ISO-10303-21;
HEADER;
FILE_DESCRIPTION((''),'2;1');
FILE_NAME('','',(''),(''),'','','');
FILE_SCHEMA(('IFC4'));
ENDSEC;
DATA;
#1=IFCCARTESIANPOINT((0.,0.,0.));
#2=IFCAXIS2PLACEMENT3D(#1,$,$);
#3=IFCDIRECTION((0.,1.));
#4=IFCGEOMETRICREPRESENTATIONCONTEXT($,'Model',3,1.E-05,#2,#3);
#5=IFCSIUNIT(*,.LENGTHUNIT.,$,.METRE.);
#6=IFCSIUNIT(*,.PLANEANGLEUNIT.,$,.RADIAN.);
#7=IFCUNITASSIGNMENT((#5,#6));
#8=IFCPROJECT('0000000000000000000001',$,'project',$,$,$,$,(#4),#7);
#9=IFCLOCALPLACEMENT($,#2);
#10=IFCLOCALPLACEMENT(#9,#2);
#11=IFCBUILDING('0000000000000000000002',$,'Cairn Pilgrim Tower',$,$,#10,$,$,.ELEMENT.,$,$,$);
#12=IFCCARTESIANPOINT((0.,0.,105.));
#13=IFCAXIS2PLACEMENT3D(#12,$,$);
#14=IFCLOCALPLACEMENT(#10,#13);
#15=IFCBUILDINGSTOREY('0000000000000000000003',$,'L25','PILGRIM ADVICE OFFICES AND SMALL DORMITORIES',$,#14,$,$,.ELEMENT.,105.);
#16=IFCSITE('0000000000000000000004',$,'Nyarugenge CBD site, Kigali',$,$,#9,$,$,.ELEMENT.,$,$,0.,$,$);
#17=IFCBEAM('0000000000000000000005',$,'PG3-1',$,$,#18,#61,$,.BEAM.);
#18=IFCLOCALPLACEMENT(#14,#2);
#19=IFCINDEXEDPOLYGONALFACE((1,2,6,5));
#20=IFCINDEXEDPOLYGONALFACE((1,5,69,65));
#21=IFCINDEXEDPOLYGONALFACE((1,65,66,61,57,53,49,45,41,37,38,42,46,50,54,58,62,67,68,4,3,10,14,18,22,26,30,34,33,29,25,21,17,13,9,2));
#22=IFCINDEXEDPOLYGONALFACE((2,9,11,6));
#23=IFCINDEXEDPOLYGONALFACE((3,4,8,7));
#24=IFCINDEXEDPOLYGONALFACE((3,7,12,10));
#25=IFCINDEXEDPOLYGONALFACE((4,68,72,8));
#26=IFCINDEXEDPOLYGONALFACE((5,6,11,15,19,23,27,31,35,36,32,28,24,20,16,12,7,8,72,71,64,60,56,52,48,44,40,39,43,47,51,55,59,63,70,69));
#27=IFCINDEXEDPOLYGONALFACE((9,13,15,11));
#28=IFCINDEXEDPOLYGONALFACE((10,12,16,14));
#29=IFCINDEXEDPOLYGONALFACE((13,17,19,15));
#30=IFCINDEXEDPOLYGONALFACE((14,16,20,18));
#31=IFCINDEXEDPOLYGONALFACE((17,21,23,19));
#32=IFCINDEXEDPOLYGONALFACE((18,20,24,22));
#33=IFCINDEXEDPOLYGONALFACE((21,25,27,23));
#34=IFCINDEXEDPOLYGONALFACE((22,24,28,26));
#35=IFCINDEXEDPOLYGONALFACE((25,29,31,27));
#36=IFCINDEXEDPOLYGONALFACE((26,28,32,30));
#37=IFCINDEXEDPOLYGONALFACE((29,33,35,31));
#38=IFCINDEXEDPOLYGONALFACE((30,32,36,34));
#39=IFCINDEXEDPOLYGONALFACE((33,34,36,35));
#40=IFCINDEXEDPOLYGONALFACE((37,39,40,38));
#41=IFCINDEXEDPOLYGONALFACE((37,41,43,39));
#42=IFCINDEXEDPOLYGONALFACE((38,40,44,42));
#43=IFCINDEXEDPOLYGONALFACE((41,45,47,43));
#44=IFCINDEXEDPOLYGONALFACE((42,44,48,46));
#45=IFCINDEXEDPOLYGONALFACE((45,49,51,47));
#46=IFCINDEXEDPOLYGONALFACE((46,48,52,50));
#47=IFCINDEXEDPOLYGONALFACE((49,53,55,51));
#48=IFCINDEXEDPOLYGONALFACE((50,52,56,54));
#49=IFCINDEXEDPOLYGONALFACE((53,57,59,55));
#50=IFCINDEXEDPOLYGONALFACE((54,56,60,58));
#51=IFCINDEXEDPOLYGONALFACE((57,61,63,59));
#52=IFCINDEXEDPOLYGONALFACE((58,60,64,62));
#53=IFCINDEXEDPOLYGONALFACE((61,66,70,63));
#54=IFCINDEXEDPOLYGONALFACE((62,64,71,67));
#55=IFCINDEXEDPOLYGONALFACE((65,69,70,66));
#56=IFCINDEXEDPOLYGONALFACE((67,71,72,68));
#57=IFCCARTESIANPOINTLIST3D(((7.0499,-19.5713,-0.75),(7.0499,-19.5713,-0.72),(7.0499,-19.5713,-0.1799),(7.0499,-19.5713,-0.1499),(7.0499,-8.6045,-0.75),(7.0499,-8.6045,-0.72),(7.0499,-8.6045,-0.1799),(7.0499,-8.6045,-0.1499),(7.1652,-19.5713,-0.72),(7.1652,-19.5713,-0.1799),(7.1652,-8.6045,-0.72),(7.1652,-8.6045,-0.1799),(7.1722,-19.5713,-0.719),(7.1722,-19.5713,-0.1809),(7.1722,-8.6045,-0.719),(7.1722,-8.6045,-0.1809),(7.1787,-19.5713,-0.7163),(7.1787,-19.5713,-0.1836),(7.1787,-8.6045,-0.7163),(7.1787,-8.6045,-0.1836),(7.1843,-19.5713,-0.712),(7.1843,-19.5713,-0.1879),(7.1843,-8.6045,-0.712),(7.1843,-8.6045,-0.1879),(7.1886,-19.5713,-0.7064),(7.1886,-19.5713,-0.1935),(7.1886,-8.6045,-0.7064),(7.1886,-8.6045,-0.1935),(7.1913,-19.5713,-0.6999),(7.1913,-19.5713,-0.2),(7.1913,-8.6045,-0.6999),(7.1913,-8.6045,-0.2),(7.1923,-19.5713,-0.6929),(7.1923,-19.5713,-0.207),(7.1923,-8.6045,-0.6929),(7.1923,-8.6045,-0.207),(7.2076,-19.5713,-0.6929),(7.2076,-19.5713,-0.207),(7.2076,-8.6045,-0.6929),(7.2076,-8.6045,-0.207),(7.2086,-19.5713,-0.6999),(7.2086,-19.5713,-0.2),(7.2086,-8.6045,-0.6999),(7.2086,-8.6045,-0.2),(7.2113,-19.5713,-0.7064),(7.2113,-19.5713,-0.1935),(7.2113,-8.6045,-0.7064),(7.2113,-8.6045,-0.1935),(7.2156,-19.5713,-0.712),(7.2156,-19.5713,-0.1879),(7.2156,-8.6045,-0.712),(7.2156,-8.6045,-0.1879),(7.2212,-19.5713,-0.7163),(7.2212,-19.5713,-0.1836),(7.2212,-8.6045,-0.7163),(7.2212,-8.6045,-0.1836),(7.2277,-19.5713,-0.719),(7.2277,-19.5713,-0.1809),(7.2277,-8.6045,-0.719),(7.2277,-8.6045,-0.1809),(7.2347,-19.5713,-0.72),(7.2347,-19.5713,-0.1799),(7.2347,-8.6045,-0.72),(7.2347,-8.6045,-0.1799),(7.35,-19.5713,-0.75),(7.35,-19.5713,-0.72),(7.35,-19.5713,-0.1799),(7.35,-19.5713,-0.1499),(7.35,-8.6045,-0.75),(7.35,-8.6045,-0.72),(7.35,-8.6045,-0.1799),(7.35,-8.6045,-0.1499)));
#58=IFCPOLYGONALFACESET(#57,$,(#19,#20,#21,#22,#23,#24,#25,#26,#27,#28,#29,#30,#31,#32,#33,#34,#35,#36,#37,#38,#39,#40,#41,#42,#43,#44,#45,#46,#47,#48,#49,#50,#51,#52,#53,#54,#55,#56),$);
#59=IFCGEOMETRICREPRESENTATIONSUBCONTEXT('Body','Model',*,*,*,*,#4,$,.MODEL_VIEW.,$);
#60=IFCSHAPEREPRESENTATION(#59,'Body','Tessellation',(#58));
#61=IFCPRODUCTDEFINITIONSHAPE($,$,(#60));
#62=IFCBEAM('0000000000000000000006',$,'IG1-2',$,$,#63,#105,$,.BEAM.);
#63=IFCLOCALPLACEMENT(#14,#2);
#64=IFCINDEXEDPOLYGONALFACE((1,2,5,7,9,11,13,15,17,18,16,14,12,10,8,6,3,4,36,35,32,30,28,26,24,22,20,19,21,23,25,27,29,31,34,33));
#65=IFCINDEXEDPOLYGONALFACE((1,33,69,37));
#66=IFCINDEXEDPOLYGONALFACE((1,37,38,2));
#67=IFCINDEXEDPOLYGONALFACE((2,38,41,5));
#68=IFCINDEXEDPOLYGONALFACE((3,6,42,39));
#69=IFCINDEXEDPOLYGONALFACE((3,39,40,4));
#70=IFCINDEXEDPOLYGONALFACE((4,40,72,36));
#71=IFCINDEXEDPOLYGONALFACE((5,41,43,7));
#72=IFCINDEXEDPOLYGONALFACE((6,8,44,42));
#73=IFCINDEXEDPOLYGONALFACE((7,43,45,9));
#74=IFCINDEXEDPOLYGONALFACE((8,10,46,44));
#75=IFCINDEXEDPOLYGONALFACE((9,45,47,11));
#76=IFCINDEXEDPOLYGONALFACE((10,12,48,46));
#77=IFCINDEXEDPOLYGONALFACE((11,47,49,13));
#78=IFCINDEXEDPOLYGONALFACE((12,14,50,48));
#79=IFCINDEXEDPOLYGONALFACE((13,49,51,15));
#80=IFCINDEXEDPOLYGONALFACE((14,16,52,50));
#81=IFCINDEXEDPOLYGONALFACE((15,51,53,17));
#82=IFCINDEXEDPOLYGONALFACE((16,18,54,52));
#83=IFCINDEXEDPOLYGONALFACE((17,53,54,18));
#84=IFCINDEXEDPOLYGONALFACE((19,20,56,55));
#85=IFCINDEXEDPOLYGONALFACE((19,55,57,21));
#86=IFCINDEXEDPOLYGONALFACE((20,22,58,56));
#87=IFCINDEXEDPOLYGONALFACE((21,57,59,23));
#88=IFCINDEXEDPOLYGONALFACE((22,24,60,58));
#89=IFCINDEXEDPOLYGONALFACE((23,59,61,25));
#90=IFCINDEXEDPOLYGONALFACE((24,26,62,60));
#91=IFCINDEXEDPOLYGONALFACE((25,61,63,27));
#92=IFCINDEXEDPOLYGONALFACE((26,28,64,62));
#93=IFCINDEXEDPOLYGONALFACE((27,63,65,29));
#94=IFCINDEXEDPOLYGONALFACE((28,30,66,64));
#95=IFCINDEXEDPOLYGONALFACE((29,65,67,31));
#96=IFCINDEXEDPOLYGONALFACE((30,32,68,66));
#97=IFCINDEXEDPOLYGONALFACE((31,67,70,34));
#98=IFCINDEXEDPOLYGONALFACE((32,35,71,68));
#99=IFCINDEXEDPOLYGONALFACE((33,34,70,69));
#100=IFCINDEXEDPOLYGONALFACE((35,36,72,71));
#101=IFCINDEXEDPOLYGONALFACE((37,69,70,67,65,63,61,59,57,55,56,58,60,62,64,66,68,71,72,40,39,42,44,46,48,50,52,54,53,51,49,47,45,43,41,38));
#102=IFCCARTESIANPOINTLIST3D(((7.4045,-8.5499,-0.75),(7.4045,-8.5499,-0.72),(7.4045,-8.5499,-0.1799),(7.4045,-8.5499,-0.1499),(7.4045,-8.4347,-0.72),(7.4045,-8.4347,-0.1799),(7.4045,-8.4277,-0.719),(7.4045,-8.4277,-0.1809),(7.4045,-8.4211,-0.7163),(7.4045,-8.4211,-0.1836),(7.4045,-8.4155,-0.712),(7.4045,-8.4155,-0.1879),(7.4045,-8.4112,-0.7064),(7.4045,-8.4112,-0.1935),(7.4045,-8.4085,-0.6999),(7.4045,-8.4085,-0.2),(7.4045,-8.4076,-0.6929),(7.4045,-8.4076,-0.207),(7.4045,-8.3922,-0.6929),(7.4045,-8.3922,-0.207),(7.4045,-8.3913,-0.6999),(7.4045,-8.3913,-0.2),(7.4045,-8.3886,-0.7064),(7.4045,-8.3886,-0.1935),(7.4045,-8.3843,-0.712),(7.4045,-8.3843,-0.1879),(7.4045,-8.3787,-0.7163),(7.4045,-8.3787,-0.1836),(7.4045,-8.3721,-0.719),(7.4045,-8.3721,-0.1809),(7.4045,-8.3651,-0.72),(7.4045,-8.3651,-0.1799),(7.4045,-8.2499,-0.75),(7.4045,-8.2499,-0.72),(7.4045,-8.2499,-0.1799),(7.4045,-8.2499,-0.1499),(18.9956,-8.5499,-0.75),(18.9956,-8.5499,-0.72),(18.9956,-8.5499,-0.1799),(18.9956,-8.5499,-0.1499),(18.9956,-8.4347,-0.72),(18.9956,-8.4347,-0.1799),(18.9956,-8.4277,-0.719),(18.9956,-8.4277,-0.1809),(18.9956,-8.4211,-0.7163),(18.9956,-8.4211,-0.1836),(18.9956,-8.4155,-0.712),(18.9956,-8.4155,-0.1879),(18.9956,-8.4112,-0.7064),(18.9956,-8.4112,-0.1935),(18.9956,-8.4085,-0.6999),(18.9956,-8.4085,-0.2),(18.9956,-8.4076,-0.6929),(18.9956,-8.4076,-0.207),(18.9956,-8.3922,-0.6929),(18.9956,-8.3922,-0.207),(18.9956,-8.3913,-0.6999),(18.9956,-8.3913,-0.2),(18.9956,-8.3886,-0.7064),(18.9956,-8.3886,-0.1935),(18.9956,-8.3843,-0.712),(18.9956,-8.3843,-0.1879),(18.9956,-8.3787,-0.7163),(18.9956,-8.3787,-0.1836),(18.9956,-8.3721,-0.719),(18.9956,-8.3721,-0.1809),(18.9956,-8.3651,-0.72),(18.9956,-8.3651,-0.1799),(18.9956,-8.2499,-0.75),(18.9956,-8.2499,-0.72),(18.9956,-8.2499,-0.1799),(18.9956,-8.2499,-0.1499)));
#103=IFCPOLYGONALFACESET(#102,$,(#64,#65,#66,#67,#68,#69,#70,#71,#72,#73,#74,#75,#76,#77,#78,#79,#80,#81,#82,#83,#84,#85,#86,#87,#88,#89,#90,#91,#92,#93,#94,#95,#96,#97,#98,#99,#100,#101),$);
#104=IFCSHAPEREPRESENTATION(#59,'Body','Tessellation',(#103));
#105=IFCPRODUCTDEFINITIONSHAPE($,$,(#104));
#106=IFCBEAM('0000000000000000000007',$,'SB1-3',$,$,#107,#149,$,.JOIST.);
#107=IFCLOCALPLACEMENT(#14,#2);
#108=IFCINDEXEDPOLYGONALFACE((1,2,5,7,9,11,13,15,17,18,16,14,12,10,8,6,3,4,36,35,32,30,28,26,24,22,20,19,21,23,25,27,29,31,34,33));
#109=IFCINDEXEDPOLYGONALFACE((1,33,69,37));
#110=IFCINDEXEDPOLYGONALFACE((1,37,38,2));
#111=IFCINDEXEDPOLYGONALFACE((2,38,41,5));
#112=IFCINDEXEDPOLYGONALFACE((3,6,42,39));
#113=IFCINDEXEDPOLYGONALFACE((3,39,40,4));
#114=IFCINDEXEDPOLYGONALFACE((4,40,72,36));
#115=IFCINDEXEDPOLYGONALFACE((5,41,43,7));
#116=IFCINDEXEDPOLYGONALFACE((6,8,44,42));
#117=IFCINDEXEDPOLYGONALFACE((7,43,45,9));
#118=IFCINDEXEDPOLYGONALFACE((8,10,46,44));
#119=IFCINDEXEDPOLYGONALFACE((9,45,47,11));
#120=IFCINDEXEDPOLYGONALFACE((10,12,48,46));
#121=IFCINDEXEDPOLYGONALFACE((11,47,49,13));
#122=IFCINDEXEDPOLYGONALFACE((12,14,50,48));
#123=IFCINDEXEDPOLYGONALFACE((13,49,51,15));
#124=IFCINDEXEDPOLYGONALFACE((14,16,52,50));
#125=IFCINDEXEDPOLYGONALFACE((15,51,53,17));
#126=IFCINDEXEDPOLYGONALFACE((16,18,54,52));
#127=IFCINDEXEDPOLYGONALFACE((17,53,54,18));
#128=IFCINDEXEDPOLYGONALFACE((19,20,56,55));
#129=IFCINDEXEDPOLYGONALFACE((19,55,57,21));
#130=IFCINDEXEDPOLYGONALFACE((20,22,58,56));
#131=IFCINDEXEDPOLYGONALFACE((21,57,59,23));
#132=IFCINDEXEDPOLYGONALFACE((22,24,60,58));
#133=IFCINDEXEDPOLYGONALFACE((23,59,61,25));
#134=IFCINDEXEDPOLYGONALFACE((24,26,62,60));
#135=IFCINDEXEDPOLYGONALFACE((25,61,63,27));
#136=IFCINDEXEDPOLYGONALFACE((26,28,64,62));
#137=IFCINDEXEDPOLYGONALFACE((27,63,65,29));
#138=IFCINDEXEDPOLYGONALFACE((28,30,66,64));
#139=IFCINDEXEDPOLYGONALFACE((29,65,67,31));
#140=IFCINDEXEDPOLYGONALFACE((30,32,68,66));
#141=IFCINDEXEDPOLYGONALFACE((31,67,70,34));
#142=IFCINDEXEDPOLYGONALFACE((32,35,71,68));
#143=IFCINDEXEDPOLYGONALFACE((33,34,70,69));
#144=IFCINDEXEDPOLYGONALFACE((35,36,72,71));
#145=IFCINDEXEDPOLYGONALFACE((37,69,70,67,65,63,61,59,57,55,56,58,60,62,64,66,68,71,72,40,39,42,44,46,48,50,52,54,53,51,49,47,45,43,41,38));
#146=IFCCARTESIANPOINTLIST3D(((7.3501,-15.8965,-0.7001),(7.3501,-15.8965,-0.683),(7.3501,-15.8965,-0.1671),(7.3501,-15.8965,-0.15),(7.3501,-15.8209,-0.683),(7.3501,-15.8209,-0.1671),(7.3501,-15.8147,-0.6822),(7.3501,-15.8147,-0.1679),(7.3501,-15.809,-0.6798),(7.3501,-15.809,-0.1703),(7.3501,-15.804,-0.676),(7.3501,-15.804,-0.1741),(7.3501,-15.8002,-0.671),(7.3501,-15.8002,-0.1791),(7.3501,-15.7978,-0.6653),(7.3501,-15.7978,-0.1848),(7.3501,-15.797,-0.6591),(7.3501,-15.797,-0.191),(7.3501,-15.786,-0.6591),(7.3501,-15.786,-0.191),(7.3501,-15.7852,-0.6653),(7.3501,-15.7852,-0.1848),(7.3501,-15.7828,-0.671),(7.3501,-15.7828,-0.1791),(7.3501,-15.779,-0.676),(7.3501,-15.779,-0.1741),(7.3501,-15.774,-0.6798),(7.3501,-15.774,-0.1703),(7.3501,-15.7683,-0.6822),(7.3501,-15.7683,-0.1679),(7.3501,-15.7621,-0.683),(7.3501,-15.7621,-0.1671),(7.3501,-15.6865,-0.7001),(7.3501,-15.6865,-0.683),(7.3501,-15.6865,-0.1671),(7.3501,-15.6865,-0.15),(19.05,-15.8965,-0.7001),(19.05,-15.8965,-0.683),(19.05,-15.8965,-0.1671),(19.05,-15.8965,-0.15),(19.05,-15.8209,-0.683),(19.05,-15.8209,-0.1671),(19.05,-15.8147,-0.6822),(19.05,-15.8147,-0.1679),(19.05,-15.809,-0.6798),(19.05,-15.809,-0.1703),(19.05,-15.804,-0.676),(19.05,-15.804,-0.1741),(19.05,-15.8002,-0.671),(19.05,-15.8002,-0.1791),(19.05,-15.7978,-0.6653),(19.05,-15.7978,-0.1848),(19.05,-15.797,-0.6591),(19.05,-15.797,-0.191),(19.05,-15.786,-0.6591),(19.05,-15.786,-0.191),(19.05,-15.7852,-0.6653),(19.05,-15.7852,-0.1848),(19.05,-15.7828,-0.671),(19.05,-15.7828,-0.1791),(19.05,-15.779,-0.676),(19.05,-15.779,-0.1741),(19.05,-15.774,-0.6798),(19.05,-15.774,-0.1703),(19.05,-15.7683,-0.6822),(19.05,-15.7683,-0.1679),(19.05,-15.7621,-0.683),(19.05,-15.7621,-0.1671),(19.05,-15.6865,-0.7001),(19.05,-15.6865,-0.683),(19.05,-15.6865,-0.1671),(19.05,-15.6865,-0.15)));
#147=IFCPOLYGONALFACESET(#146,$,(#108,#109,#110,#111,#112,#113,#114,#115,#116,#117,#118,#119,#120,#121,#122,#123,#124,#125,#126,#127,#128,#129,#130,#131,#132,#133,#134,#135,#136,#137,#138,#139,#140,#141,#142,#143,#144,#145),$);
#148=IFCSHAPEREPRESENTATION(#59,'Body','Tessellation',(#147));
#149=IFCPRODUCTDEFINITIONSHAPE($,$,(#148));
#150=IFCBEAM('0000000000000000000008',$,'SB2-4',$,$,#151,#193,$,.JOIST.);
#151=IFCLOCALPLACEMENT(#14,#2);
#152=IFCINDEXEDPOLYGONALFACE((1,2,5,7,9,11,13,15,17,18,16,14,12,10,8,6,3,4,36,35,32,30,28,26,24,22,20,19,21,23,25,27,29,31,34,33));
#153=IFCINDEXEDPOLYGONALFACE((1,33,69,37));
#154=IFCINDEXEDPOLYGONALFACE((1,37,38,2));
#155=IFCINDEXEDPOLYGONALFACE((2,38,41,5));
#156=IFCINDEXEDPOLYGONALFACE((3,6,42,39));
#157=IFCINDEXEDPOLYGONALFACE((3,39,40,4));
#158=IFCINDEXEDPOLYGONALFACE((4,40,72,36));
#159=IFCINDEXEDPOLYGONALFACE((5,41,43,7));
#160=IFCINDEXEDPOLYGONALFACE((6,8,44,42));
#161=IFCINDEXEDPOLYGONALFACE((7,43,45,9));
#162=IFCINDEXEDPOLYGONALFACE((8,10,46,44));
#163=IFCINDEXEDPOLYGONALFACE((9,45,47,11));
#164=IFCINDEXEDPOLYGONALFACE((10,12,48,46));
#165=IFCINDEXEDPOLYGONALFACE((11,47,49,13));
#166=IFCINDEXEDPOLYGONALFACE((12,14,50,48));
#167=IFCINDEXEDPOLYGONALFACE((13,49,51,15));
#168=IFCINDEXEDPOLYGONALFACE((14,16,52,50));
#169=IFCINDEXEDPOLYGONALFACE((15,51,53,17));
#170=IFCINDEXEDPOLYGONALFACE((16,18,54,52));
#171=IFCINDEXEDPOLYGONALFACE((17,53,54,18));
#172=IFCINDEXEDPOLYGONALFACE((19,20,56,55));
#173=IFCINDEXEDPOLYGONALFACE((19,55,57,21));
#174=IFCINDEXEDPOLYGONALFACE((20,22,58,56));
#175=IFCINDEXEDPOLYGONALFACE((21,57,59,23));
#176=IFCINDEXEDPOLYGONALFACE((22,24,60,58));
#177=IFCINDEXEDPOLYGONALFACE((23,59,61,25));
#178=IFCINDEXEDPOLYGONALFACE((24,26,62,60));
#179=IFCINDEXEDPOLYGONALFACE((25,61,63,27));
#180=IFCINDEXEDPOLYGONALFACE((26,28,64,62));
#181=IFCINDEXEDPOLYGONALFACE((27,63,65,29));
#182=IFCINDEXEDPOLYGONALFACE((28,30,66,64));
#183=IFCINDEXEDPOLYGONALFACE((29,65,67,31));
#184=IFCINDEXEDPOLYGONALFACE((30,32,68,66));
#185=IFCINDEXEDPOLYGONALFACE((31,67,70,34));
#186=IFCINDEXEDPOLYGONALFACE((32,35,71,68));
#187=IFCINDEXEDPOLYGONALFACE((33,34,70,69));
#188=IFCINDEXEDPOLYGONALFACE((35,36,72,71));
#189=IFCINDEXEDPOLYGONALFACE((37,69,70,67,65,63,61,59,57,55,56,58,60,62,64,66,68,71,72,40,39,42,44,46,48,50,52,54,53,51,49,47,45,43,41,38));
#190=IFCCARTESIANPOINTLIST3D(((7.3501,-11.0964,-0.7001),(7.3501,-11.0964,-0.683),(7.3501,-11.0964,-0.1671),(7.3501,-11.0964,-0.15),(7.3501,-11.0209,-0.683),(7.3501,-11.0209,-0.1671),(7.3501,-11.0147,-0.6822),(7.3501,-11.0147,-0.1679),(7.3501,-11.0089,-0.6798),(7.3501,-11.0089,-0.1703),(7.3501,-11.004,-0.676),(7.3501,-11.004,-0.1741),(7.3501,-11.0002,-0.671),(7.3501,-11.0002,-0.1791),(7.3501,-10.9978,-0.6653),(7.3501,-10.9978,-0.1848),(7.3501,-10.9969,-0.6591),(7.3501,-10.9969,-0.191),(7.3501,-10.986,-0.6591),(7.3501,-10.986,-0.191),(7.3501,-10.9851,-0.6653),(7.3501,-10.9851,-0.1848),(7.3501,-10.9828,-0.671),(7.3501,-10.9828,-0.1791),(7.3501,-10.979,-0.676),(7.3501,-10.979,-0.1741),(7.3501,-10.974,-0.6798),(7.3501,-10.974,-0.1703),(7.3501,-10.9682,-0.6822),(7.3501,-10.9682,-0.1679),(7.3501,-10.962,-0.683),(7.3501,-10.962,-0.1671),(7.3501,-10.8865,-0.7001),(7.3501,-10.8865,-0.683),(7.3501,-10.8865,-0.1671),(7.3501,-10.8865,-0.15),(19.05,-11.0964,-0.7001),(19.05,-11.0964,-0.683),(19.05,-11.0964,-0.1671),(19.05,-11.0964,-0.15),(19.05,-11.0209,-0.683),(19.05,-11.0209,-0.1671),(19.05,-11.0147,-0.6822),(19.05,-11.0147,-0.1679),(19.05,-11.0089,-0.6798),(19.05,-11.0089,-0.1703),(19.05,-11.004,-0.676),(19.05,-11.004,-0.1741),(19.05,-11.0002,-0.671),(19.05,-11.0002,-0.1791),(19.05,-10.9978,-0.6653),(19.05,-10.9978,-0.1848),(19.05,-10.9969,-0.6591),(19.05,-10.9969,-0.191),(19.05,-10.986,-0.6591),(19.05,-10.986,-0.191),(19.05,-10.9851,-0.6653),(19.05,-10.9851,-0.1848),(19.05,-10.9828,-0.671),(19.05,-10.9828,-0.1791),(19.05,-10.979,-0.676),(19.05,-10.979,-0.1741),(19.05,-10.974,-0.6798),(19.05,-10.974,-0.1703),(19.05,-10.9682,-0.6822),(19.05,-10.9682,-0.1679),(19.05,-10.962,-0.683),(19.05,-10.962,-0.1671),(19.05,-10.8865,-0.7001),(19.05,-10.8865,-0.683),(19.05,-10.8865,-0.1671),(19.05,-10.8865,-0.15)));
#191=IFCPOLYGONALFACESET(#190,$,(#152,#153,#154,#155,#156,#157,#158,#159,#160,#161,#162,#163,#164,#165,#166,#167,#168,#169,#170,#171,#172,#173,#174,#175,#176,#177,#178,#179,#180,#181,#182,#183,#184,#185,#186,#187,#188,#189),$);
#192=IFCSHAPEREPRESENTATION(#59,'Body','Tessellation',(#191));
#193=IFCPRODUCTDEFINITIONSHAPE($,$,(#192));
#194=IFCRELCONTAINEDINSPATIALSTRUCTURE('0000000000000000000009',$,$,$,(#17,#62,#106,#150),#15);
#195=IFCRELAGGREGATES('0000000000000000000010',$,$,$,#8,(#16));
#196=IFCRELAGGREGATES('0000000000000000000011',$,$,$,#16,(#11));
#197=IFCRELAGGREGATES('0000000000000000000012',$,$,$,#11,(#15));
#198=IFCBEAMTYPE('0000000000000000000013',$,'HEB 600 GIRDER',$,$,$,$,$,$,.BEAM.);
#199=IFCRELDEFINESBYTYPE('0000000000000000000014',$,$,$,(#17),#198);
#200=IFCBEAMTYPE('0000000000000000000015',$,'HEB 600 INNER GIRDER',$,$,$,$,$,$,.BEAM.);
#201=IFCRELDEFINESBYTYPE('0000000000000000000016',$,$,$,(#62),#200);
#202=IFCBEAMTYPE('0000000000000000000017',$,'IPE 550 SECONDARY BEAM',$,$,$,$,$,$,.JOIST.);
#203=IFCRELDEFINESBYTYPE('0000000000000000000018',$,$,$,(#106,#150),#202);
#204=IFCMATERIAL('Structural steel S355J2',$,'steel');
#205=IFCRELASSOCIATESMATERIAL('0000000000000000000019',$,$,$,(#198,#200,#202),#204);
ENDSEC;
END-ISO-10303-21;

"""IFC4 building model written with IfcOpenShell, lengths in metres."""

from ifc_helpers import new_model, si_unit, direction, frame, origin, origin_2d, place, context, subcontext, project, spatial, i_section, extrude, material, material_profile, profile_set, type_object, element, save


model = new_model("IFC4")

# Units and contexts
model_context = context("Model", 3, precision=1e-05, world=origin(), true_north=direction((0.0, 1.0)))
body_context = subcontext(model_context, "Body", "Model", "MODEL_VIEW")
ifc_project = project(units=[si_unit("LENGTHUNIT", "METRE"), si_unit("PLANEANGLEUNIT", "RADIAN")], contexts=[model_context])

# Site, building, storey
site_placement = place(None, origin())
site = spatial("IfcSite", under=ifc_project, at=site_placement, Name="Nyarugenge CBD site, Kigali", CompositionType="ELEMENT", RefElevation=0.0)
building_placement = place(site_placement, origin())
building = spatial("IfcBuilding", under=site, at=building_placement, Name="Cairn Pilgrim Tower", CompositionType="ELEMENT")
storey_placement = place(building_placement, frame((0.0, 0.0, 105.0)))
storey = spatial("IfcBuildingStorey", under=building, at=storey_placement, Name="L25", Description="PILGRIM ADVICE OFFICES AND SMALL DORMITORIES", CompositionType="ELEMENT", Elevation=105.0)

# Beams
ifc_material_1 = material(Name="Structural steel S355J2", Category="steel")
ifc_material_profile_1 = material_profile(ifc_material_1, i_section(OverallWidth=0.3, OverallDepth=0.6001, WebThickness=0.0154, FlangeThickness=0.03, FilletRadius=0.0271, at=origin_2d()), Name="HEB 600")
ifc_profile_set_1 = profile_set([ifc_material_profile_1], Name="Structural steel S355J2")
beam_type_1 = type_object("IfcBeamType", Name="HEB 600 GIRDER", PredefinedType="BEAM", material=ifc_profile_set_1)
beam_1_placement = place(storey_placement, frame((7.2, -19.5713, -0.45), z_axis=(0.0, 1.0, 0.0), x_axis=(-1.0, 0.0, 0.0)))
element("IfcBeam", 1, at=beam_1_placement, inside=storey, type_object=beam_type_1, Name="PG3-1", PredefinedType="BEAM", context=body_context, shape_type="SweptSolid", body=[
    extrude(i_section(OverallWidth=0.3, OverallDepth=0.6001, WebThickness=0.0154, FlangeThickness=0.03, FilletRadius=0.0271, at=origin_2d()), origin(), (0.0, 0.0, 1.0), 10.9668),
])
ifc_material_profile_2 = material_profile(ifc_material_1, i_section(OverallWidth=0.3, OverallDepth=0.6001, WebThickness=0.0154, FlangeThickness=0.03, FilletRadius=0.0271, at=origin_2d()), Name="HEB 600")
ifc_profile_set_2 = profile_set([ifc_material_profile_2], Name="Structural steel S355J2")
beam_type_2 = type_object("IfcBeamType", Name="HEB 600 INNER GIRDER", PredefinedType="BEAM", material=ifc_profile_set_2)
beam_2_placement = place(storey_placement, frame((7.4045, -8.3999, -0.45), z_axis=(1.0, 0.0, 0.0), x_axis=(0.0, 1.0, 0.0)))
element("IfcBeam", 2, at=beam_2_placement, inside=storey, type_object=beam_type_2, Name="IG1-2", PredefinedType="BEAM", context=body_context, shape_type="SweptSolid", body=[
    extrude(i_section(OverallWidth=0.3, OverallDepth=0.6001, WebThickness=0.0154, FlangeThickness=0.03, FilletRadius=0.0271, at=origin_2d()), origin(), (0.0, 0.0, 1.0), 11.5911),
])
ifc_material_profile_3 = material_profile(ifc_material_1, i_section(OverallWidth=0.21, OverallDepth=0.55, WebThickness=0.011, FlangeThickness=0.0171, FilletRadius=0.0239, at=origin_2d()), Name="IPE 550")
ifc_profile_set_3 = profile_set([ifc_material_profile_3], Name="Structural steel S355J2")
beam_type_3 = type_object("IfcBeamType", Name="IPE 550 SECONDARY BEAM", PredefinedType="JOIST", material=ifc_profile_set_3)
for number, where, z_axis, x_axis, name in (
    (3, (7.3501, -15.7915, -0.425), (1.0, 0.0, 0.0), (0.0, 1.0, 0.0), "SB1-3"),
    (4, (7.3501, -10.9915, -0.425), (1.0, 0.0, 0.0), (0.0, 1.0, 0.0), "SB2-4"),
):
    element("IfcBeam", number, at=place(storey_placement, frame(where, z_axis=z_axis, x_axis=x_axis)), inside=storey, type_object=beam_type_3, Name=name, PredefinedType="JOIST", context=body_context, shape_type="SweptSolid", body=[
        extrude(i_section(OverallWidth=0.21, OverallDepth=0.55, WebThickness=0.011, FlangeThickness=0.0171, FilletRadius=0.0239, at=origin_2d()), origin(), (0.0, 0.0, 1.0), 11.7),
    ])

save(model, "model.ifc")
